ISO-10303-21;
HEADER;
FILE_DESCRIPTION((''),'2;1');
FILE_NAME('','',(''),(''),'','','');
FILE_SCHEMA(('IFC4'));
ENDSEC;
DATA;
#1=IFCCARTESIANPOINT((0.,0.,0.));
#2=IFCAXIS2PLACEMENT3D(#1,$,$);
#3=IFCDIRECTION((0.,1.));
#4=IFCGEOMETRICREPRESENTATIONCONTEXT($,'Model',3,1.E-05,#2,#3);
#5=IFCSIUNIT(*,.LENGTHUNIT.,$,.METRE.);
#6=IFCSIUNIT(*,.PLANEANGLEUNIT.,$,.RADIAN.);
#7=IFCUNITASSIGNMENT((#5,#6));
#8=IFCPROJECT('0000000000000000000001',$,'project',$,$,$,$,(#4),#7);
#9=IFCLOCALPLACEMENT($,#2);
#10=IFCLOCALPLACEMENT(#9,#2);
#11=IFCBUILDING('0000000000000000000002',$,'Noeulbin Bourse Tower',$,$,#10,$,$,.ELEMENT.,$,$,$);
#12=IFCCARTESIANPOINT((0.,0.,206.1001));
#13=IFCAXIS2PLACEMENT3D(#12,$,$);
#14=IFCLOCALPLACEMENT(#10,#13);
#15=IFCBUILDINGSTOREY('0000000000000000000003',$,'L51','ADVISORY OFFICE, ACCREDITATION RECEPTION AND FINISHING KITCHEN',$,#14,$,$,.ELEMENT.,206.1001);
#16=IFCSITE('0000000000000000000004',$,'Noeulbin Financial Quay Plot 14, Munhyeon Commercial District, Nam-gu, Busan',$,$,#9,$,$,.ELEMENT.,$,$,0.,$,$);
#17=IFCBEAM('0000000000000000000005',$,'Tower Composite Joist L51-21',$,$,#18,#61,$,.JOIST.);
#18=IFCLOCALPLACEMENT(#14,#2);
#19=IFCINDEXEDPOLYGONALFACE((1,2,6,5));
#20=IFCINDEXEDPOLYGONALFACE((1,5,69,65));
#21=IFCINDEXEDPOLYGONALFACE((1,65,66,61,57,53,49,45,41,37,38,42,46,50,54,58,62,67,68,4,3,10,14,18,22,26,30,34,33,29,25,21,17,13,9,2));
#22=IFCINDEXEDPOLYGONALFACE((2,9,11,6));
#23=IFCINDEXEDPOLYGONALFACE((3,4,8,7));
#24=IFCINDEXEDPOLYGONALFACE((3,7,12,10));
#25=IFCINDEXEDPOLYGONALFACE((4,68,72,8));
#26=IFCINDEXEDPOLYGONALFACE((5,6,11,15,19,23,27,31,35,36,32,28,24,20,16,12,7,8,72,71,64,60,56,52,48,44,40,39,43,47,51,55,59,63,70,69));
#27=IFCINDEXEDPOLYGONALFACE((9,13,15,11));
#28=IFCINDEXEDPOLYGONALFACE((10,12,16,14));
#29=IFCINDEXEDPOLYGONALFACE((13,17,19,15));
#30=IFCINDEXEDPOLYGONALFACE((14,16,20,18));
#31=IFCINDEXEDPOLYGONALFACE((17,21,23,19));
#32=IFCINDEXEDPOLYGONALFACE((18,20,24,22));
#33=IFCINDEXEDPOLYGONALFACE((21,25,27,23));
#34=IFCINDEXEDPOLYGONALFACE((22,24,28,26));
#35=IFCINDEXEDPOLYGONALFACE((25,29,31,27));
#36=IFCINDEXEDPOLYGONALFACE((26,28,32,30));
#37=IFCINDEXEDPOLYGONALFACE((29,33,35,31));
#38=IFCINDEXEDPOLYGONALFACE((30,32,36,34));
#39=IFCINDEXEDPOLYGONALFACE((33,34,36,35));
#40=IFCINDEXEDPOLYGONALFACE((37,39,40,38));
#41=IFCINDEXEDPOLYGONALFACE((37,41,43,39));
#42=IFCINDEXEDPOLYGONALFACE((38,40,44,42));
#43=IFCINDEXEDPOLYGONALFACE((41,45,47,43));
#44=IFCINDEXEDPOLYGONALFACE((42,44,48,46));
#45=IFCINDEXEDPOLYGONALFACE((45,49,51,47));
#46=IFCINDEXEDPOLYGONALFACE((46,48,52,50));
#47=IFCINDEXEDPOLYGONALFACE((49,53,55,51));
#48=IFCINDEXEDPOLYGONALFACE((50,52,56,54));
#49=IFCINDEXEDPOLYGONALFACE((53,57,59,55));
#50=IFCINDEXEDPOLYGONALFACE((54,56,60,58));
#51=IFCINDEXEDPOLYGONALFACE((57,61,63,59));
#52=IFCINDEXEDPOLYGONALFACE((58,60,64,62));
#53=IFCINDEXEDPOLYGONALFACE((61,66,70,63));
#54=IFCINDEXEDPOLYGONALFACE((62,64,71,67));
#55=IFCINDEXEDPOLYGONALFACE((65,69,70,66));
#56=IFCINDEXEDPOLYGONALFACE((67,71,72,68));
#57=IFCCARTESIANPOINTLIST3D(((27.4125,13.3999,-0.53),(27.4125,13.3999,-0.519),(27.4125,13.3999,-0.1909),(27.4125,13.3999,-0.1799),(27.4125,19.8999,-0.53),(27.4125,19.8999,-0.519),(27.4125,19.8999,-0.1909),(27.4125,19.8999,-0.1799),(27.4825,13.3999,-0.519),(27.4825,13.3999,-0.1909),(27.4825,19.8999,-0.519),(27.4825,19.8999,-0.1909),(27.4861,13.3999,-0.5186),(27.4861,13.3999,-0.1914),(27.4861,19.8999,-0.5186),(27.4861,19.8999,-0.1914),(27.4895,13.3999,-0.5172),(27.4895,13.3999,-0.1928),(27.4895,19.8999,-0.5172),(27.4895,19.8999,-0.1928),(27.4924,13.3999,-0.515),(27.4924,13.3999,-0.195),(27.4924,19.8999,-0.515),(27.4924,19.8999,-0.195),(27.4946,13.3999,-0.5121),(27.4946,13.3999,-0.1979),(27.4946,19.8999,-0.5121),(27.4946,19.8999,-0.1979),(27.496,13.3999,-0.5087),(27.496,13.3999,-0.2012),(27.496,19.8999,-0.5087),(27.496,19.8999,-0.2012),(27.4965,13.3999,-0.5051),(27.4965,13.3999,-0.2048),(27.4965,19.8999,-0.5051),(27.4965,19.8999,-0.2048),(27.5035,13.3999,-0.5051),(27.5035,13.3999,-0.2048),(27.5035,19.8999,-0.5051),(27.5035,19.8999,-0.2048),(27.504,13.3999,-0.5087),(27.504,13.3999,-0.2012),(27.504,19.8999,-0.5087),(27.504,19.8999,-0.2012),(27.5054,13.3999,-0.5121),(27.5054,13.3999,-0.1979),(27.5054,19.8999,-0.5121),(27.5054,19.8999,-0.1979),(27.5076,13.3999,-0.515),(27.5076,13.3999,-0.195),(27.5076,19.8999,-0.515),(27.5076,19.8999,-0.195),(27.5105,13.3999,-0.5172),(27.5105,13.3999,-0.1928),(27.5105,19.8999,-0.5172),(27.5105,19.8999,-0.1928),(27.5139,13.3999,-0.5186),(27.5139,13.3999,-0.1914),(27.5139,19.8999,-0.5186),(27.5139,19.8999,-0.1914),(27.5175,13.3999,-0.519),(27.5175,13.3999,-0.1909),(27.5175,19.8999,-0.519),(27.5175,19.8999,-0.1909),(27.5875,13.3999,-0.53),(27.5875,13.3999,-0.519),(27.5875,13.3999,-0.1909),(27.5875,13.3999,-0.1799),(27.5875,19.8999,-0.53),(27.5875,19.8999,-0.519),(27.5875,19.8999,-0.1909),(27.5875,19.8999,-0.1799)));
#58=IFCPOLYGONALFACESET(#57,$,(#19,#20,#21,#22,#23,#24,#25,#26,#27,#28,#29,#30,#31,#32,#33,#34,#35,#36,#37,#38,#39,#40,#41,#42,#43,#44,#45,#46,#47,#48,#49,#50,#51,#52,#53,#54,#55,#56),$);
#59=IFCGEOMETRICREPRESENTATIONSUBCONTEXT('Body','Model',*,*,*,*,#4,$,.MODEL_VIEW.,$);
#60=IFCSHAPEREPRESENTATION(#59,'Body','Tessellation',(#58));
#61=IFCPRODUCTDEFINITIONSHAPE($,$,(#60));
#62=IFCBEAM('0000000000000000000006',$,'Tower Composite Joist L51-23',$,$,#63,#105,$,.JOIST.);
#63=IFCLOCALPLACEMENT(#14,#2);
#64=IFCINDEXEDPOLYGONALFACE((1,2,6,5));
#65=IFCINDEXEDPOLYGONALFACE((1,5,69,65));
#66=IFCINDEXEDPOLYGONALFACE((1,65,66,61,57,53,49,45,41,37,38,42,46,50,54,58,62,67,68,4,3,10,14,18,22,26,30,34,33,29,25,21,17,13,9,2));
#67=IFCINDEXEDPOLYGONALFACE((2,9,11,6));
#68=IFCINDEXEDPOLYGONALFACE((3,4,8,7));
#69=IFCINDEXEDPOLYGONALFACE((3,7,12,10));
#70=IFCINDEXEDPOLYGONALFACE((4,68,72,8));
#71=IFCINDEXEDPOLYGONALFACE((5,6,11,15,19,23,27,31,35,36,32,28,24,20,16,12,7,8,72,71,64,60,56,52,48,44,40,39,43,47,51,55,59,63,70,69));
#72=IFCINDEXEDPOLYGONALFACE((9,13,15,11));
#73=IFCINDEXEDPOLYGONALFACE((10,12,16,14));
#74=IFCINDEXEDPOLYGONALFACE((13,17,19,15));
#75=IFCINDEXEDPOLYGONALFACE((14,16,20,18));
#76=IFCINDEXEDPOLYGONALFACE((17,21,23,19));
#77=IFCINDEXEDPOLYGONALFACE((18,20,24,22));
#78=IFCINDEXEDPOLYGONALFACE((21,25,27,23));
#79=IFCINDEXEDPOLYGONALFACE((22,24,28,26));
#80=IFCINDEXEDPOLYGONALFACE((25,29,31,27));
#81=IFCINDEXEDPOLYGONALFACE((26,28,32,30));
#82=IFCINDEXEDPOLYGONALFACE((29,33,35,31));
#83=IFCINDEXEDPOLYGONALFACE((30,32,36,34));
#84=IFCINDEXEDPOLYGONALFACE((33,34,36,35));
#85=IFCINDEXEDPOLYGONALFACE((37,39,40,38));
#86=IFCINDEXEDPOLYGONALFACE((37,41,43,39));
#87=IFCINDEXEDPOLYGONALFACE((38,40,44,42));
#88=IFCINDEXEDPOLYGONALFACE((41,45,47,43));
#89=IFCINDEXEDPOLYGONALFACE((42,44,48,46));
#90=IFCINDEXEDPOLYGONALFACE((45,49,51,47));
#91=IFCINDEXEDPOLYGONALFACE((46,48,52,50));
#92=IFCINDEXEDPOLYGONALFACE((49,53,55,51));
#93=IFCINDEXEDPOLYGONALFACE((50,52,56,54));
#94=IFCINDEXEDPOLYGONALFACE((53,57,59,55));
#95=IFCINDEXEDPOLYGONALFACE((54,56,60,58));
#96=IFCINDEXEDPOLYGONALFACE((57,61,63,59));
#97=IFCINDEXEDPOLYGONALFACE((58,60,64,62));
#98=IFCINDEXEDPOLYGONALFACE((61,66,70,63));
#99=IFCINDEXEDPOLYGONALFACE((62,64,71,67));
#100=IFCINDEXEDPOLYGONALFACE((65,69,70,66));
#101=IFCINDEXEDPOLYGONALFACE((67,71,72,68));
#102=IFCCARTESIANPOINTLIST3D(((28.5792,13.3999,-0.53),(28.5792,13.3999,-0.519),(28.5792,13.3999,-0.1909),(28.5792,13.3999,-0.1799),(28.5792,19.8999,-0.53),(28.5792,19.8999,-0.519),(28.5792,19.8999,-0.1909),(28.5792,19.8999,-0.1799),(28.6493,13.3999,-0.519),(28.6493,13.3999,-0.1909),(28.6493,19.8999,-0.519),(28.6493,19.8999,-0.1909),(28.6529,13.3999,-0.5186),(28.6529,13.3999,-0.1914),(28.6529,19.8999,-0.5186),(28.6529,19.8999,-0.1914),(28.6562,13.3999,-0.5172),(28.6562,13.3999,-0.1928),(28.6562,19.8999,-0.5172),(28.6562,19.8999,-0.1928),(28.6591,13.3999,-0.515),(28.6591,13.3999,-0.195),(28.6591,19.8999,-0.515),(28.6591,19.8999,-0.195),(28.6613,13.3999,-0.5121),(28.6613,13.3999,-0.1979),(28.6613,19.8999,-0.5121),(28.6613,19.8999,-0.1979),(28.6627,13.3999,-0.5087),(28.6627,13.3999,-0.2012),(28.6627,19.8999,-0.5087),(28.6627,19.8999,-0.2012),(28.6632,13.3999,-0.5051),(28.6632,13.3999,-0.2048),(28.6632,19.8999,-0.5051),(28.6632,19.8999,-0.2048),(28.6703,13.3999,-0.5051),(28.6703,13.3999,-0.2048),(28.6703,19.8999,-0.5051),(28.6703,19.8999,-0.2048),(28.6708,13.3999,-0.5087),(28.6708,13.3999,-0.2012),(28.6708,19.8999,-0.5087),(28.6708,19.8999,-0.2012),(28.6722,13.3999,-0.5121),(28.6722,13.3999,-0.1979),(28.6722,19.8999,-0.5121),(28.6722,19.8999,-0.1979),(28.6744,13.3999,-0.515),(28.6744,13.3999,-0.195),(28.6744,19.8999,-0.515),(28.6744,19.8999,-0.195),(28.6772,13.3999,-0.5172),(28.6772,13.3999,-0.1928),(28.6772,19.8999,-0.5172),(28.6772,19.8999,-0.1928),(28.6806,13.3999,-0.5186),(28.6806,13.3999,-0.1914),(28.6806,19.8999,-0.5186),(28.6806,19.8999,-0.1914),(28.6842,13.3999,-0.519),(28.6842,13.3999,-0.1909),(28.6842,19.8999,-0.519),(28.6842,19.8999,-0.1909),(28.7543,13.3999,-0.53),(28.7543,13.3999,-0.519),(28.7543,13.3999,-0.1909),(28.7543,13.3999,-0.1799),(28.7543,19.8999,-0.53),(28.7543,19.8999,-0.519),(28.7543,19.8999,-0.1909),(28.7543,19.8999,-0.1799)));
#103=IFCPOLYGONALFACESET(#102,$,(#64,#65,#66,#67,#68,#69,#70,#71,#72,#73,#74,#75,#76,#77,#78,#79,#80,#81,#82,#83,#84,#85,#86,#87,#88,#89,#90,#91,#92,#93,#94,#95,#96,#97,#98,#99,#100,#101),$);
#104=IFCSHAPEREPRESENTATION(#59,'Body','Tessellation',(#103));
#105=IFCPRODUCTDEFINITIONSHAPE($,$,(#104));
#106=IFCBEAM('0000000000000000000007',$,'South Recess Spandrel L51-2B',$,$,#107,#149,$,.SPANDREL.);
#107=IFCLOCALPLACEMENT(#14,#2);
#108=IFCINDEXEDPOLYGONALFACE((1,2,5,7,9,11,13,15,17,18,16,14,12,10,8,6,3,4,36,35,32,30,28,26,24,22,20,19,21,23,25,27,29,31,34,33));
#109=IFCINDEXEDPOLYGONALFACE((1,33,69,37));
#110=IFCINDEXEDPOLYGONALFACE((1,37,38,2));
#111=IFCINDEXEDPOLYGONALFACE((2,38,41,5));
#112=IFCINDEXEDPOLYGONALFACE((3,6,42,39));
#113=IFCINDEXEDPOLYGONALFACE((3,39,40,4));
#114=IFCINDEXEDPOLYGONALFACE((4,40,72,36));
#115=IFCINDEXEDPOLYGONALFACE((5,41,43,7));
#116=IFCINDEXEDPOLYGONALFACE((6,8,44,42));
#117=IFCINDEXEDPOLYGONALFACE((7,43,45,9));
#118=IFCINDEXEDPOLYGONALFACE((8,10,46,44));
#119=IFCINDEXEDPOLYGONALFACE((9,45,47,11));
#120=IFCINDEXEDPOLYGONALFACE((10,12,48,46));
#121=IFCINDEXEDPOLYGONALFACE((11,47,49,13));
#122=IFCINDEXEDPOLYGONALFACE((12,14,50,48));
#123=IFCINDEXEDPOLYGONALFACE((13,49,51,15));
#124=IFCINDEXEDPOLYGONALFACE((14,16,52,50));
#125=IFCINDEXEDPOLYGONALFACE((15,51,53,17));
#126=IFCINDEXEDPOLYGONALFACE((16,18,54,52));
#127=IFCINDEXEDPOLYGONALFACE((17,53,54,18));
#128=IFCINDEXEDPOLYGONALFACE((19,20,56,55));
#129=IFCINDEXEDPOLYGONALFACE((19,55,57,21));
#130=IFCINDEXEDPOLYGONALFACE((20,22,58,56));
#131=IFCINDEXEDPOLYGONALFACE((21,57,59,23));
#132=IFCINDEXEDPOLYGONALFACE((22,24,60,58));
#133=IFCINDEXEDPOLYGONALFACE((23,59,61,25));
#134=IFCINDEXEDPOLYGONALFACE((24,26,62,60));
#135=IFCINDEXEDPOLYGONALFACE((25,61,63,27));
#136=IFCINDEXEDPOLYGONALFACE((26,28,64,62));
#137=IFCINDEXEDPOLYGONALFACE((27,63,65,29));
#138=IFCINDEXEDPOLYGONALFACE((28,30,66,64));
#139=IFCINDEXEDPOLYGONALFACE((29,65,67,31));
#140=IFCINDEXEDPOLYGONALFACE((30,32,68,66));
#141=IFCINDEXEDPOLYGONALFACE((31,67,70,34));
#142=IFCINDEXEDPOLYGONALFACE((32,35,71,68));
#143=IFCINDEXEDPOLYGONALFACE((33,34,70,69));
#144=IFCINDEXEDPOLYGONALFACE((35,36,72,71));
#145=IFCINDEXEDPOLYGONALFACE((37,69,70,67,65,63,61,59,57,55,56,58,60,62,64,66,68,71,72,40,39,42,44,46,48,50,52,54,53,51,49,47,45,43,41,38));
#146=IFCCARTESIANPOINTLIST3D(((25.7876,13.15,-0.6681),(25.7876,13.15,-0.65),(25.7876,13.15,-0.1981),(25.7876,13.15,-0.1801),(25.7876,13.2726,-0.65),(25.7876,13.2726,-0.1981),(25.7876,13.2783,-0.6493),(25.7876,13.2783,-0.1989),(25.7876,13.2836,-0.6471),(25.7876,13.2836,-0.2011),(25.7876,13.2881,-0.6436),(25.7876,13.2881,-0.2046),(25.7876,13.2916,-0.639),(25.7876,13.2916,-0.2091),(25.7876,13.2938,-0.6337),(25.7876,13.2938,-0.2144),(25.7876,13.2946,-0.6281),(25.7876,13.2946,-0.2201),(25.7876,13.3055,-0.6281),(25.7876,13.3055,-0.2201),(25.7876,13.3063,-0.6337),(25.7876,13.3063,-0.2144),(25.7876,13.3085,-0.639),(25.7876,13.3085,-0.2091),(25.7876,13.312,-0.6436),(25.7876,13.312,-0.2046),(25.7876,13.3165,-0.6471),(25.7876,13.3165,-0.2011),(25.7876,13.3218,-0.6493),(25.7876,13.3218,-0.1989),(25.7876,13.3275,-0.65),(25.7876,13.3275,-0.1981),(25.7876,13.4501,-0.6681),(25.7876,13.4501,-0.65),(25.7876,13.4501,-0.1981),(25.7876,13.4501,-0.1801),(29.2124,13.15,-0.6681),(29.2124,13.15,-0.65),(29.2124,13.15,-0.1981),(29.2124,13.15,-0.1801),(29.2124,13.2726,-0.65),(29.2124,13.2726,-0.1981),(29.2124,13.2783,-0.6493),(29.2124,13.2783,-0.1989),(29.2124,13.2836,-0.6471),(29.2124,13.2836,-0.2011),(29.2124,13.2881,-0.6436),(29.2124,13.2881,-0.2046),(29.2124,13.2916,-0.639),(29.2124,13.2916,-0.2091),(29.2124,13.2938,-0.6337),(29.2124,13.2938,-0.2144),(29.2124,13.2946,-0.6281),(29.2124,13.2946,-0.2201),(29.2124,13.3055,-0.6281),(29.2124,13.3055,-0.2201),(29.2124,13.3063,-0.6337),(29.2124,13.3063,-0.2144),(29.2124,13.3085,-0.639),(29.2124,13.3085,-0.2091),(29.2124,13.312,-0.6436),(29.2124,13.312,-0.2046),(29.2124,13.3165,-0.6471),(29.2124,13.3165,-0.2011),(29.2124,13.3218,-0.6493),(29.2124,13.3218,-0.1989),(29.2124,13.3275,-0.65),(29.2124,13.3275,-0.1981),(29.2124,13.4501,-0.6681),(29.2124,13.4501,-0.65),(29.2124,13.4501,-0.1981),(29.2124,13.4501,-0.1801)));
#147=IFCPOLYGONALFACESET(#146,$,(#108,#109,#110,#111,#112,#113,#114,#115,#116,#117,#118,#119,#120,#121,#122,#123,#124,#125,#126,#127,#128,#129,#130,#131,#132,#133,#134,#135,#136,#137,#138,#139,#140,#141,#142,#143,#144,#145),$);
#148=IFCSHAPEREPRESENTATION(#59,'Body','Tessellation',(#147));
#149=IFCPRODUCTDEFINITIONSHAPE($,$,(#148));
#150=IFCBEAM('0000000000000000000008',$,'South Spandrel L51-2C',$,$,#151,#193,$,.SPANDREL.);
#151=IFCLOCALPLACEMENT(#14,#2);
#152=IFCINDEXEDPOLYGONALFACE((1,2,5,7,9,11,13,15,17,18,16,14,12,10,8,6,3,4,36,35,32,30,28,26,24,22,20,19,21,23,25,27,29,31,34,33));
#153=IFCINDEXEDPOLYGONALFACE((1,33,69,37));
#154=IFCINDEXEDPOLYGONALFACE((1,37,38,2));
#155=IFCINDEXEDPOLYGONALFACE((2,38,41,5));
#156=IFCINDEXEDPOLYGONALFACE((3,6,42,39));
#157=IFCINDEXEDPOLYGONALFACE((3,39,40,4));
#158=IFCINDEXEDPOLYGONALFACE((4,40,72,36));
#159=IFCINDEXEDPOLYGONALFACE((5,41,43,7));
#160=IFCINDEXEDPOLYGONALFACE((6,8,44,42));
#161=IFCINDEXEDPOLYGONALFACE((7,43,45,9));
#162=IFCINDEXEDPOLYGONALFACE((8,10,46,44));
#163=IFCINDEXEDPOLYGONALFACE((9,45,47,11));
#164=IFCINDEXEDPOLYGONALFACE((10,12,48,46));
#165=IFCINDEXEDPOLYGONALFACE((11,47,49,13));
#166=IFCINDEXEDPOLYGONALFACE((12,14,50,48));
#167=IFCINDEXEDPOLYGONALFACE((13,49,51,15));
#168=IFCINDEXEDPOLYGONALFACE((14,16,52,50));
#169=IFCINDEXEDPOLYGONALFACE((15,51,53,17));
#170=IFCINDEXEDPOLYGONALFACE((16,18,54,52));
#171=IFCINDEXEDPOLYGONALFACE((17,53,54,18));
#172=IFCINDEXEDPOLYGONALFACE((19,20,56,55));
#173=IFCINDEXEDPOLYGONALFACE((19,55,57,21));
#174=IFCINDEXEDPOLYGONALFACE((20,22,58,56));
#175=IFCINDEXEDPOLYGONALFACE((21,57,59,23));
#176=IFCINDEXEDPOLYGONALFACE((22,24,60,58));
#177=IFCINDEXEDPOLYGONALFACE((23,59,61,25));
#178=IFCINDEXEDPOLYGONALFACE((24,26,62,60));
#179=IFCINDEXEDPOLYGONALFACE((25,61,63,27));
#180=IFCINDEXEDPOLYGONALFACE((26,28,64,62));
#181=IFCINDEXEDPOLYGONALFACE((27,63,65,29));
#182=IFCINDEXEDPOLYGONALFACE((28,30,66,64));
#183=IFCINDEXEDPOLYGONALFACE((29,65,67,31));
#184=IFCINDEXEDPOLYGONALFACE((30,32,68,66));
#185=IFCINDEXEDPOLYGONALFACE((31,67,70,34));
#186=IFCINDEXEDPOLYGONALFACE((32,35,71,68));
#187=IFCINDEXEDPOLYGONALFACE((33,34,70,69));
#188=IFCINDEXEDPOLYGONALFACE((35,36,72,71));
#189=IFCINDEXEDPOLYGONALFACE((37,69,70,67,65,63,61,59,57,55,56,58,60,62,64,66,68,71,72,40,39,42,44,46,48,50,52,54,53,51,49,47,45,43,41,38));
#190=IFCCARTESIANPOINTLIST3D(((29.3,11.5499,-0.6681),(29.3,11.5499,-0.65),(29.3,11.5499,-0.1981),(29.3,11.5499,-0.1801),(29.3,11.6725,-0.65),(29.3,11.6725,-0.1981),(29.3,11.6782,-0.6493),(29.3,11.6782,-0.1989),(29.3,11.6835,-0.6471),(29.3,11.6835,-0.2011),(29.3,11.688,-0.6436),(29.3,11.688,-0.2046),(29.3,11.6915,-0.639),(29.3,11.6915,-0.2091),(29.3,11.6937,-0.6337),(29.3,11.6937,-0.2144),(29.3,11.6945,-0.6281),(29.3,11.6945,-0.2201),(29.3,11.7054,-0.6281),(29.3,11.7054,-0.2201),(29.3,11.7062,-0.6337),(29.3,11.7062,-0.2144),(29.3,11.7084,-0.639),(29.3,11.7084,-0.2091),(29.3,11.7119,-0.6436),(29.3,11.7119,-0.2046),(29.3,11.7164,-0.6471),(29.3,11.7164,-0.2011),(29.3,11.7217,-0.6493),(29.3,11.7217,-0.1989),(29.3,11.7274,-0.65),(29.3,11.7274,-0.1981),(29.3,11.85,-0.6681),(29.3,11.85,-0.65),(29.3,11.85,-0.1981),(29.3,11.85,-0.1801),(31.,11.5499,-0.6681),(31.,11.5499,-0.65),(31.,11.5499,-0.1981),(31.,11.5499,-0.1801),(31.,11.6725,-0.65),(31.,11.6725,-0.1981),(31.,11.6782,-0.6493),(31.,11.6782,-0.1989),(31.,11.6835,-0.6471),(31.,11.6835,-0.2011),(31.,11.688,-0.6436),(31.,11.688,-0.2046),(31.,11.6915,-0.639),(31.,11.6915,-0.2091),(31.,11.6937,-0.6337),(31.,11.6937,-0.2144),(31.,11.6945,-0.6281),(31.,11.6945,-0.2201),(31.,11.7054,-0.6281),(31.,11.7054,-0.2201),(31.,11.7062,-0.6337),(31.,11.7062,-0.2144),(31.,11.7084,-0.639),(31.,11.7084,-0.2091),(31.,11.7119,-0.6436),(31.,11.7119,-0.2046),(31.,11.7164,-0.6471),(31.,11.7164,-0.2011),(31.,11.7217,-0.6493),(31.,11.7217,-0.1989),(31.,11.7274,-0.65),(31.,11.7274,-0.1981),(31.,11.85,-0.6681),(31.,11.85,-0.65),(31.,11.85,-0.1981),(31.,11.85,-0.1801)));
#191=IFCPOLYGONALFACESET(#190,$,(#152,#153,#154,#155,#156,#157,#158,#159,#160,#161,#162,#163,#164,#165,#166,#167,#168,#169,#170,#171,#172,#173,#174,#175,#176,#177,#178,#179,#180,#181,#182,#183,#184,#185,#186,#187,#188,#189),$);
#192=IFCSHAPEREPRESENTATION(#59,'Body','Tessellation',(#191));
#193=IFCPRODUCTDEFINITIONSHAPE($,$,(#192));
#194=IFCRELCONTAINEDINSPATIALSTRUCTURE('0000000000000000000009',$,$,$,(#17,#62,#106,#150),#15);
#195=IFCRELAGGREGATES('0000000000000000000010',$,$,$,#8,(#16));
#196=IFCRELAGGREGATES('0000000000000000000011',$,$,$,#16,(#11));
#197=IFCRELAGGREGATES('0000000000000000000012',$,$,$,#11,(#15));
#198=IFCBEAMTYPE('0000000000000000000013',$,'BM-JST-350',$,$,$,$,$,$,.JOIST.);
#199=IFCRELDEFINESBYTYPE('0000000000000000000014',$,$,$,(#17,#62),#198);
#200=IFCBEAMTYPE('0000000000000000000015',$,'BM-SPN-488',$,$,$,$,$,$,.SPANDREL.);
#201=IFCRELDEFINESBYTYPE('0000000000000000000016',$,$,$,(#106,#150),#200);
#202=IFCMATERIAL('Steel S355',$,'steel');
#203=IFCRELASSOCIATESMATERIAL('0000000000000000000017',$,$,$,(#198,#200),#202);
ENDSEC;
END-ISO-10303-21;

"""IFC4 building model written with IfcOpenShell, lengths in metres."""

from ifc_helpers import new_model, si_unit, direction, frame, origin, origin_2d, place, context, subcontext, project, spatial, i_section, extrude, material, material_profile, profile_set, type_object, element, save


model = new_model("IFC4")

# Units and contexts
model_context = context("Model", 3, precision=1e-05, world=origin(), true_north=direction((0.0, 1.0)))
body_context = subcontext(model_context, "Body", "Model", "MODEL_VIEW")
ifc_project = project(units=[si_unit("LENGTHUNIT", "METRE"), si_unit("PLANEANGLEUNIT", "RADIAN")], contexts=[model_context])

# Site, building, storey
site_placement = place(None, origin())
site = spatial("IfcSite", under=ifc_project, at=site_placement, Name="Noeulbin Financial Quay Plot 14, Munhyeon Commercial District, Nam-gu, Busan", CompositionType="ELEMENT", RefElevation=0.0)
building_placement = place(site_placement, origin())
building = spatial("IfcBuilding", under=site, at=building_placement, Name="Noeulbin Bourse Tower", CompositionType="ELEMENT")
storey_placement = place(building_placement, frame((0.0, 0.0, 206.1001)))
storey = spatial("IfcBuildingStorey", under=building, at=storey_placement, Name="L51", Description="ADVISORY OFFICE, ACCREDITATION RECEPTION AND FINISHING KITCHEN", CompositionType="ELEMENT", Elevation=206.1001)

# Beams
ifc_material_1 = material(Name="Steel S355", Category="steel")
ifc_material_profile_1 = material_profile(ifc_material_1, i_section(OverallWidth=0.175, OverallDepth=0.3501, WebThickness=0.0071, FlangeThickness=0.011, FilletRadius=0.0139, at=origin_2d()), Name="H-350x175x7x11", Category="LoadBearing")
ifc_profile_set_1 = profile_set([ifc_material_profile_1], Name="Steel S355")
beam_type_1 = type_object("IfcBeamType", Name="BM-JST-350", PredefinedType="JOIST", material=ifc_profile_set_1)
for number, where, z_axis, x_axis, name in (
    (1, (27.5, 13.3999, -0.355), (0.0, 1.0, 0.0), (-1.0, 0.0, 0.0), "Tower Composite Joist L51-21"),
    (2, (28.6667, 13.3999, -0.355), (0.0, 1.0, 0.0), (-1.0, 0.0, 0.0), "Tower Composite Joist L51-23"),
):
    element("IfcBeam", number, at=place(storey_placement, frame(where, z_axis=z_axis, x_axis=x_axis)), inside=storey, type_object=beam_type_1, Name=name, PredefinedType="JOIST", context=body_context, shape_type="SweptSolid", body=[
        extrude(i_section(OverallWidth=0.175, OverallDepth=0.3501, WebThickness=0.0071, FlangeThickness=0.011, FilletRadius=0.0139, at=origin_2d()), origin(), (0.0, 0.0, 1.0), 6.5),
    ])
ifc_material_profile_2 = material_profile(ifc_material_1, i_section(OverallWidth=0.3, OverallDepth=0.488, WebThickness=0.011, FlangeThickness=0.0181, FilletRadius=0.022, at=origin_2d()), Name="H-488x300x11x18", Category="LoadBearing")
ifc_profile_set_2 = profile_set([ifc_material_profile_2], Name="Steel S355")
beam_type_2 = type_object("IfcBeamType", Name="BM-SPN-488", PredefinedType="SPANDREL", material=ifc_profile_set_2)
beam_1_placement = place(storey_placement, frame((25.7876, 13.3, -0.4241), z_axis=(1.0, 0.0, 0.0), x_axis=(0.0, 1.0, 0.0)))
element("IfcBeam", 3, at=beam_1_placement, inside=storey, type_object=beam_type_2, Name="South Recess Spandrel L51-2B", PredefinedType="SPANDREL", context=body_context, shape_type="SweptSolid", body=[
    extrude(i_section(OverallWidth=0.3, OverallDepth=0.488, WebThickness=0.011, FlangeThickness=0.0181, FilletRadius=0.022, at=origin_2d()), origin(), (0.0, 0.0, 1.0), 3.4248),
])
beam_2_placement = place(storey_placement, frame((29.3, 11.7, -0.4241), z_axis=(1.0, 0.0, 0.0), x_axis=(0.0, 1.0, 0.0)))
element("IfcBeam", 4, at=beam_2_placement, inside=storey, type_object=beam_type_2, Name="South Spandrel L51-2C", PredefinedType="SPANDREL", context=body_context, shape_type="SweptSolid", body=[
    extrude(i_section(OverallWidth=0.3, OverallDepth=0.488, WebThickness=0.011, FlangeThickness=0.0181, FilletRadius=0.022, at=origin_2d()), origin(), (0.0, 0.0, 1.0), 1.7),
])

save(model, "model.ifc")
